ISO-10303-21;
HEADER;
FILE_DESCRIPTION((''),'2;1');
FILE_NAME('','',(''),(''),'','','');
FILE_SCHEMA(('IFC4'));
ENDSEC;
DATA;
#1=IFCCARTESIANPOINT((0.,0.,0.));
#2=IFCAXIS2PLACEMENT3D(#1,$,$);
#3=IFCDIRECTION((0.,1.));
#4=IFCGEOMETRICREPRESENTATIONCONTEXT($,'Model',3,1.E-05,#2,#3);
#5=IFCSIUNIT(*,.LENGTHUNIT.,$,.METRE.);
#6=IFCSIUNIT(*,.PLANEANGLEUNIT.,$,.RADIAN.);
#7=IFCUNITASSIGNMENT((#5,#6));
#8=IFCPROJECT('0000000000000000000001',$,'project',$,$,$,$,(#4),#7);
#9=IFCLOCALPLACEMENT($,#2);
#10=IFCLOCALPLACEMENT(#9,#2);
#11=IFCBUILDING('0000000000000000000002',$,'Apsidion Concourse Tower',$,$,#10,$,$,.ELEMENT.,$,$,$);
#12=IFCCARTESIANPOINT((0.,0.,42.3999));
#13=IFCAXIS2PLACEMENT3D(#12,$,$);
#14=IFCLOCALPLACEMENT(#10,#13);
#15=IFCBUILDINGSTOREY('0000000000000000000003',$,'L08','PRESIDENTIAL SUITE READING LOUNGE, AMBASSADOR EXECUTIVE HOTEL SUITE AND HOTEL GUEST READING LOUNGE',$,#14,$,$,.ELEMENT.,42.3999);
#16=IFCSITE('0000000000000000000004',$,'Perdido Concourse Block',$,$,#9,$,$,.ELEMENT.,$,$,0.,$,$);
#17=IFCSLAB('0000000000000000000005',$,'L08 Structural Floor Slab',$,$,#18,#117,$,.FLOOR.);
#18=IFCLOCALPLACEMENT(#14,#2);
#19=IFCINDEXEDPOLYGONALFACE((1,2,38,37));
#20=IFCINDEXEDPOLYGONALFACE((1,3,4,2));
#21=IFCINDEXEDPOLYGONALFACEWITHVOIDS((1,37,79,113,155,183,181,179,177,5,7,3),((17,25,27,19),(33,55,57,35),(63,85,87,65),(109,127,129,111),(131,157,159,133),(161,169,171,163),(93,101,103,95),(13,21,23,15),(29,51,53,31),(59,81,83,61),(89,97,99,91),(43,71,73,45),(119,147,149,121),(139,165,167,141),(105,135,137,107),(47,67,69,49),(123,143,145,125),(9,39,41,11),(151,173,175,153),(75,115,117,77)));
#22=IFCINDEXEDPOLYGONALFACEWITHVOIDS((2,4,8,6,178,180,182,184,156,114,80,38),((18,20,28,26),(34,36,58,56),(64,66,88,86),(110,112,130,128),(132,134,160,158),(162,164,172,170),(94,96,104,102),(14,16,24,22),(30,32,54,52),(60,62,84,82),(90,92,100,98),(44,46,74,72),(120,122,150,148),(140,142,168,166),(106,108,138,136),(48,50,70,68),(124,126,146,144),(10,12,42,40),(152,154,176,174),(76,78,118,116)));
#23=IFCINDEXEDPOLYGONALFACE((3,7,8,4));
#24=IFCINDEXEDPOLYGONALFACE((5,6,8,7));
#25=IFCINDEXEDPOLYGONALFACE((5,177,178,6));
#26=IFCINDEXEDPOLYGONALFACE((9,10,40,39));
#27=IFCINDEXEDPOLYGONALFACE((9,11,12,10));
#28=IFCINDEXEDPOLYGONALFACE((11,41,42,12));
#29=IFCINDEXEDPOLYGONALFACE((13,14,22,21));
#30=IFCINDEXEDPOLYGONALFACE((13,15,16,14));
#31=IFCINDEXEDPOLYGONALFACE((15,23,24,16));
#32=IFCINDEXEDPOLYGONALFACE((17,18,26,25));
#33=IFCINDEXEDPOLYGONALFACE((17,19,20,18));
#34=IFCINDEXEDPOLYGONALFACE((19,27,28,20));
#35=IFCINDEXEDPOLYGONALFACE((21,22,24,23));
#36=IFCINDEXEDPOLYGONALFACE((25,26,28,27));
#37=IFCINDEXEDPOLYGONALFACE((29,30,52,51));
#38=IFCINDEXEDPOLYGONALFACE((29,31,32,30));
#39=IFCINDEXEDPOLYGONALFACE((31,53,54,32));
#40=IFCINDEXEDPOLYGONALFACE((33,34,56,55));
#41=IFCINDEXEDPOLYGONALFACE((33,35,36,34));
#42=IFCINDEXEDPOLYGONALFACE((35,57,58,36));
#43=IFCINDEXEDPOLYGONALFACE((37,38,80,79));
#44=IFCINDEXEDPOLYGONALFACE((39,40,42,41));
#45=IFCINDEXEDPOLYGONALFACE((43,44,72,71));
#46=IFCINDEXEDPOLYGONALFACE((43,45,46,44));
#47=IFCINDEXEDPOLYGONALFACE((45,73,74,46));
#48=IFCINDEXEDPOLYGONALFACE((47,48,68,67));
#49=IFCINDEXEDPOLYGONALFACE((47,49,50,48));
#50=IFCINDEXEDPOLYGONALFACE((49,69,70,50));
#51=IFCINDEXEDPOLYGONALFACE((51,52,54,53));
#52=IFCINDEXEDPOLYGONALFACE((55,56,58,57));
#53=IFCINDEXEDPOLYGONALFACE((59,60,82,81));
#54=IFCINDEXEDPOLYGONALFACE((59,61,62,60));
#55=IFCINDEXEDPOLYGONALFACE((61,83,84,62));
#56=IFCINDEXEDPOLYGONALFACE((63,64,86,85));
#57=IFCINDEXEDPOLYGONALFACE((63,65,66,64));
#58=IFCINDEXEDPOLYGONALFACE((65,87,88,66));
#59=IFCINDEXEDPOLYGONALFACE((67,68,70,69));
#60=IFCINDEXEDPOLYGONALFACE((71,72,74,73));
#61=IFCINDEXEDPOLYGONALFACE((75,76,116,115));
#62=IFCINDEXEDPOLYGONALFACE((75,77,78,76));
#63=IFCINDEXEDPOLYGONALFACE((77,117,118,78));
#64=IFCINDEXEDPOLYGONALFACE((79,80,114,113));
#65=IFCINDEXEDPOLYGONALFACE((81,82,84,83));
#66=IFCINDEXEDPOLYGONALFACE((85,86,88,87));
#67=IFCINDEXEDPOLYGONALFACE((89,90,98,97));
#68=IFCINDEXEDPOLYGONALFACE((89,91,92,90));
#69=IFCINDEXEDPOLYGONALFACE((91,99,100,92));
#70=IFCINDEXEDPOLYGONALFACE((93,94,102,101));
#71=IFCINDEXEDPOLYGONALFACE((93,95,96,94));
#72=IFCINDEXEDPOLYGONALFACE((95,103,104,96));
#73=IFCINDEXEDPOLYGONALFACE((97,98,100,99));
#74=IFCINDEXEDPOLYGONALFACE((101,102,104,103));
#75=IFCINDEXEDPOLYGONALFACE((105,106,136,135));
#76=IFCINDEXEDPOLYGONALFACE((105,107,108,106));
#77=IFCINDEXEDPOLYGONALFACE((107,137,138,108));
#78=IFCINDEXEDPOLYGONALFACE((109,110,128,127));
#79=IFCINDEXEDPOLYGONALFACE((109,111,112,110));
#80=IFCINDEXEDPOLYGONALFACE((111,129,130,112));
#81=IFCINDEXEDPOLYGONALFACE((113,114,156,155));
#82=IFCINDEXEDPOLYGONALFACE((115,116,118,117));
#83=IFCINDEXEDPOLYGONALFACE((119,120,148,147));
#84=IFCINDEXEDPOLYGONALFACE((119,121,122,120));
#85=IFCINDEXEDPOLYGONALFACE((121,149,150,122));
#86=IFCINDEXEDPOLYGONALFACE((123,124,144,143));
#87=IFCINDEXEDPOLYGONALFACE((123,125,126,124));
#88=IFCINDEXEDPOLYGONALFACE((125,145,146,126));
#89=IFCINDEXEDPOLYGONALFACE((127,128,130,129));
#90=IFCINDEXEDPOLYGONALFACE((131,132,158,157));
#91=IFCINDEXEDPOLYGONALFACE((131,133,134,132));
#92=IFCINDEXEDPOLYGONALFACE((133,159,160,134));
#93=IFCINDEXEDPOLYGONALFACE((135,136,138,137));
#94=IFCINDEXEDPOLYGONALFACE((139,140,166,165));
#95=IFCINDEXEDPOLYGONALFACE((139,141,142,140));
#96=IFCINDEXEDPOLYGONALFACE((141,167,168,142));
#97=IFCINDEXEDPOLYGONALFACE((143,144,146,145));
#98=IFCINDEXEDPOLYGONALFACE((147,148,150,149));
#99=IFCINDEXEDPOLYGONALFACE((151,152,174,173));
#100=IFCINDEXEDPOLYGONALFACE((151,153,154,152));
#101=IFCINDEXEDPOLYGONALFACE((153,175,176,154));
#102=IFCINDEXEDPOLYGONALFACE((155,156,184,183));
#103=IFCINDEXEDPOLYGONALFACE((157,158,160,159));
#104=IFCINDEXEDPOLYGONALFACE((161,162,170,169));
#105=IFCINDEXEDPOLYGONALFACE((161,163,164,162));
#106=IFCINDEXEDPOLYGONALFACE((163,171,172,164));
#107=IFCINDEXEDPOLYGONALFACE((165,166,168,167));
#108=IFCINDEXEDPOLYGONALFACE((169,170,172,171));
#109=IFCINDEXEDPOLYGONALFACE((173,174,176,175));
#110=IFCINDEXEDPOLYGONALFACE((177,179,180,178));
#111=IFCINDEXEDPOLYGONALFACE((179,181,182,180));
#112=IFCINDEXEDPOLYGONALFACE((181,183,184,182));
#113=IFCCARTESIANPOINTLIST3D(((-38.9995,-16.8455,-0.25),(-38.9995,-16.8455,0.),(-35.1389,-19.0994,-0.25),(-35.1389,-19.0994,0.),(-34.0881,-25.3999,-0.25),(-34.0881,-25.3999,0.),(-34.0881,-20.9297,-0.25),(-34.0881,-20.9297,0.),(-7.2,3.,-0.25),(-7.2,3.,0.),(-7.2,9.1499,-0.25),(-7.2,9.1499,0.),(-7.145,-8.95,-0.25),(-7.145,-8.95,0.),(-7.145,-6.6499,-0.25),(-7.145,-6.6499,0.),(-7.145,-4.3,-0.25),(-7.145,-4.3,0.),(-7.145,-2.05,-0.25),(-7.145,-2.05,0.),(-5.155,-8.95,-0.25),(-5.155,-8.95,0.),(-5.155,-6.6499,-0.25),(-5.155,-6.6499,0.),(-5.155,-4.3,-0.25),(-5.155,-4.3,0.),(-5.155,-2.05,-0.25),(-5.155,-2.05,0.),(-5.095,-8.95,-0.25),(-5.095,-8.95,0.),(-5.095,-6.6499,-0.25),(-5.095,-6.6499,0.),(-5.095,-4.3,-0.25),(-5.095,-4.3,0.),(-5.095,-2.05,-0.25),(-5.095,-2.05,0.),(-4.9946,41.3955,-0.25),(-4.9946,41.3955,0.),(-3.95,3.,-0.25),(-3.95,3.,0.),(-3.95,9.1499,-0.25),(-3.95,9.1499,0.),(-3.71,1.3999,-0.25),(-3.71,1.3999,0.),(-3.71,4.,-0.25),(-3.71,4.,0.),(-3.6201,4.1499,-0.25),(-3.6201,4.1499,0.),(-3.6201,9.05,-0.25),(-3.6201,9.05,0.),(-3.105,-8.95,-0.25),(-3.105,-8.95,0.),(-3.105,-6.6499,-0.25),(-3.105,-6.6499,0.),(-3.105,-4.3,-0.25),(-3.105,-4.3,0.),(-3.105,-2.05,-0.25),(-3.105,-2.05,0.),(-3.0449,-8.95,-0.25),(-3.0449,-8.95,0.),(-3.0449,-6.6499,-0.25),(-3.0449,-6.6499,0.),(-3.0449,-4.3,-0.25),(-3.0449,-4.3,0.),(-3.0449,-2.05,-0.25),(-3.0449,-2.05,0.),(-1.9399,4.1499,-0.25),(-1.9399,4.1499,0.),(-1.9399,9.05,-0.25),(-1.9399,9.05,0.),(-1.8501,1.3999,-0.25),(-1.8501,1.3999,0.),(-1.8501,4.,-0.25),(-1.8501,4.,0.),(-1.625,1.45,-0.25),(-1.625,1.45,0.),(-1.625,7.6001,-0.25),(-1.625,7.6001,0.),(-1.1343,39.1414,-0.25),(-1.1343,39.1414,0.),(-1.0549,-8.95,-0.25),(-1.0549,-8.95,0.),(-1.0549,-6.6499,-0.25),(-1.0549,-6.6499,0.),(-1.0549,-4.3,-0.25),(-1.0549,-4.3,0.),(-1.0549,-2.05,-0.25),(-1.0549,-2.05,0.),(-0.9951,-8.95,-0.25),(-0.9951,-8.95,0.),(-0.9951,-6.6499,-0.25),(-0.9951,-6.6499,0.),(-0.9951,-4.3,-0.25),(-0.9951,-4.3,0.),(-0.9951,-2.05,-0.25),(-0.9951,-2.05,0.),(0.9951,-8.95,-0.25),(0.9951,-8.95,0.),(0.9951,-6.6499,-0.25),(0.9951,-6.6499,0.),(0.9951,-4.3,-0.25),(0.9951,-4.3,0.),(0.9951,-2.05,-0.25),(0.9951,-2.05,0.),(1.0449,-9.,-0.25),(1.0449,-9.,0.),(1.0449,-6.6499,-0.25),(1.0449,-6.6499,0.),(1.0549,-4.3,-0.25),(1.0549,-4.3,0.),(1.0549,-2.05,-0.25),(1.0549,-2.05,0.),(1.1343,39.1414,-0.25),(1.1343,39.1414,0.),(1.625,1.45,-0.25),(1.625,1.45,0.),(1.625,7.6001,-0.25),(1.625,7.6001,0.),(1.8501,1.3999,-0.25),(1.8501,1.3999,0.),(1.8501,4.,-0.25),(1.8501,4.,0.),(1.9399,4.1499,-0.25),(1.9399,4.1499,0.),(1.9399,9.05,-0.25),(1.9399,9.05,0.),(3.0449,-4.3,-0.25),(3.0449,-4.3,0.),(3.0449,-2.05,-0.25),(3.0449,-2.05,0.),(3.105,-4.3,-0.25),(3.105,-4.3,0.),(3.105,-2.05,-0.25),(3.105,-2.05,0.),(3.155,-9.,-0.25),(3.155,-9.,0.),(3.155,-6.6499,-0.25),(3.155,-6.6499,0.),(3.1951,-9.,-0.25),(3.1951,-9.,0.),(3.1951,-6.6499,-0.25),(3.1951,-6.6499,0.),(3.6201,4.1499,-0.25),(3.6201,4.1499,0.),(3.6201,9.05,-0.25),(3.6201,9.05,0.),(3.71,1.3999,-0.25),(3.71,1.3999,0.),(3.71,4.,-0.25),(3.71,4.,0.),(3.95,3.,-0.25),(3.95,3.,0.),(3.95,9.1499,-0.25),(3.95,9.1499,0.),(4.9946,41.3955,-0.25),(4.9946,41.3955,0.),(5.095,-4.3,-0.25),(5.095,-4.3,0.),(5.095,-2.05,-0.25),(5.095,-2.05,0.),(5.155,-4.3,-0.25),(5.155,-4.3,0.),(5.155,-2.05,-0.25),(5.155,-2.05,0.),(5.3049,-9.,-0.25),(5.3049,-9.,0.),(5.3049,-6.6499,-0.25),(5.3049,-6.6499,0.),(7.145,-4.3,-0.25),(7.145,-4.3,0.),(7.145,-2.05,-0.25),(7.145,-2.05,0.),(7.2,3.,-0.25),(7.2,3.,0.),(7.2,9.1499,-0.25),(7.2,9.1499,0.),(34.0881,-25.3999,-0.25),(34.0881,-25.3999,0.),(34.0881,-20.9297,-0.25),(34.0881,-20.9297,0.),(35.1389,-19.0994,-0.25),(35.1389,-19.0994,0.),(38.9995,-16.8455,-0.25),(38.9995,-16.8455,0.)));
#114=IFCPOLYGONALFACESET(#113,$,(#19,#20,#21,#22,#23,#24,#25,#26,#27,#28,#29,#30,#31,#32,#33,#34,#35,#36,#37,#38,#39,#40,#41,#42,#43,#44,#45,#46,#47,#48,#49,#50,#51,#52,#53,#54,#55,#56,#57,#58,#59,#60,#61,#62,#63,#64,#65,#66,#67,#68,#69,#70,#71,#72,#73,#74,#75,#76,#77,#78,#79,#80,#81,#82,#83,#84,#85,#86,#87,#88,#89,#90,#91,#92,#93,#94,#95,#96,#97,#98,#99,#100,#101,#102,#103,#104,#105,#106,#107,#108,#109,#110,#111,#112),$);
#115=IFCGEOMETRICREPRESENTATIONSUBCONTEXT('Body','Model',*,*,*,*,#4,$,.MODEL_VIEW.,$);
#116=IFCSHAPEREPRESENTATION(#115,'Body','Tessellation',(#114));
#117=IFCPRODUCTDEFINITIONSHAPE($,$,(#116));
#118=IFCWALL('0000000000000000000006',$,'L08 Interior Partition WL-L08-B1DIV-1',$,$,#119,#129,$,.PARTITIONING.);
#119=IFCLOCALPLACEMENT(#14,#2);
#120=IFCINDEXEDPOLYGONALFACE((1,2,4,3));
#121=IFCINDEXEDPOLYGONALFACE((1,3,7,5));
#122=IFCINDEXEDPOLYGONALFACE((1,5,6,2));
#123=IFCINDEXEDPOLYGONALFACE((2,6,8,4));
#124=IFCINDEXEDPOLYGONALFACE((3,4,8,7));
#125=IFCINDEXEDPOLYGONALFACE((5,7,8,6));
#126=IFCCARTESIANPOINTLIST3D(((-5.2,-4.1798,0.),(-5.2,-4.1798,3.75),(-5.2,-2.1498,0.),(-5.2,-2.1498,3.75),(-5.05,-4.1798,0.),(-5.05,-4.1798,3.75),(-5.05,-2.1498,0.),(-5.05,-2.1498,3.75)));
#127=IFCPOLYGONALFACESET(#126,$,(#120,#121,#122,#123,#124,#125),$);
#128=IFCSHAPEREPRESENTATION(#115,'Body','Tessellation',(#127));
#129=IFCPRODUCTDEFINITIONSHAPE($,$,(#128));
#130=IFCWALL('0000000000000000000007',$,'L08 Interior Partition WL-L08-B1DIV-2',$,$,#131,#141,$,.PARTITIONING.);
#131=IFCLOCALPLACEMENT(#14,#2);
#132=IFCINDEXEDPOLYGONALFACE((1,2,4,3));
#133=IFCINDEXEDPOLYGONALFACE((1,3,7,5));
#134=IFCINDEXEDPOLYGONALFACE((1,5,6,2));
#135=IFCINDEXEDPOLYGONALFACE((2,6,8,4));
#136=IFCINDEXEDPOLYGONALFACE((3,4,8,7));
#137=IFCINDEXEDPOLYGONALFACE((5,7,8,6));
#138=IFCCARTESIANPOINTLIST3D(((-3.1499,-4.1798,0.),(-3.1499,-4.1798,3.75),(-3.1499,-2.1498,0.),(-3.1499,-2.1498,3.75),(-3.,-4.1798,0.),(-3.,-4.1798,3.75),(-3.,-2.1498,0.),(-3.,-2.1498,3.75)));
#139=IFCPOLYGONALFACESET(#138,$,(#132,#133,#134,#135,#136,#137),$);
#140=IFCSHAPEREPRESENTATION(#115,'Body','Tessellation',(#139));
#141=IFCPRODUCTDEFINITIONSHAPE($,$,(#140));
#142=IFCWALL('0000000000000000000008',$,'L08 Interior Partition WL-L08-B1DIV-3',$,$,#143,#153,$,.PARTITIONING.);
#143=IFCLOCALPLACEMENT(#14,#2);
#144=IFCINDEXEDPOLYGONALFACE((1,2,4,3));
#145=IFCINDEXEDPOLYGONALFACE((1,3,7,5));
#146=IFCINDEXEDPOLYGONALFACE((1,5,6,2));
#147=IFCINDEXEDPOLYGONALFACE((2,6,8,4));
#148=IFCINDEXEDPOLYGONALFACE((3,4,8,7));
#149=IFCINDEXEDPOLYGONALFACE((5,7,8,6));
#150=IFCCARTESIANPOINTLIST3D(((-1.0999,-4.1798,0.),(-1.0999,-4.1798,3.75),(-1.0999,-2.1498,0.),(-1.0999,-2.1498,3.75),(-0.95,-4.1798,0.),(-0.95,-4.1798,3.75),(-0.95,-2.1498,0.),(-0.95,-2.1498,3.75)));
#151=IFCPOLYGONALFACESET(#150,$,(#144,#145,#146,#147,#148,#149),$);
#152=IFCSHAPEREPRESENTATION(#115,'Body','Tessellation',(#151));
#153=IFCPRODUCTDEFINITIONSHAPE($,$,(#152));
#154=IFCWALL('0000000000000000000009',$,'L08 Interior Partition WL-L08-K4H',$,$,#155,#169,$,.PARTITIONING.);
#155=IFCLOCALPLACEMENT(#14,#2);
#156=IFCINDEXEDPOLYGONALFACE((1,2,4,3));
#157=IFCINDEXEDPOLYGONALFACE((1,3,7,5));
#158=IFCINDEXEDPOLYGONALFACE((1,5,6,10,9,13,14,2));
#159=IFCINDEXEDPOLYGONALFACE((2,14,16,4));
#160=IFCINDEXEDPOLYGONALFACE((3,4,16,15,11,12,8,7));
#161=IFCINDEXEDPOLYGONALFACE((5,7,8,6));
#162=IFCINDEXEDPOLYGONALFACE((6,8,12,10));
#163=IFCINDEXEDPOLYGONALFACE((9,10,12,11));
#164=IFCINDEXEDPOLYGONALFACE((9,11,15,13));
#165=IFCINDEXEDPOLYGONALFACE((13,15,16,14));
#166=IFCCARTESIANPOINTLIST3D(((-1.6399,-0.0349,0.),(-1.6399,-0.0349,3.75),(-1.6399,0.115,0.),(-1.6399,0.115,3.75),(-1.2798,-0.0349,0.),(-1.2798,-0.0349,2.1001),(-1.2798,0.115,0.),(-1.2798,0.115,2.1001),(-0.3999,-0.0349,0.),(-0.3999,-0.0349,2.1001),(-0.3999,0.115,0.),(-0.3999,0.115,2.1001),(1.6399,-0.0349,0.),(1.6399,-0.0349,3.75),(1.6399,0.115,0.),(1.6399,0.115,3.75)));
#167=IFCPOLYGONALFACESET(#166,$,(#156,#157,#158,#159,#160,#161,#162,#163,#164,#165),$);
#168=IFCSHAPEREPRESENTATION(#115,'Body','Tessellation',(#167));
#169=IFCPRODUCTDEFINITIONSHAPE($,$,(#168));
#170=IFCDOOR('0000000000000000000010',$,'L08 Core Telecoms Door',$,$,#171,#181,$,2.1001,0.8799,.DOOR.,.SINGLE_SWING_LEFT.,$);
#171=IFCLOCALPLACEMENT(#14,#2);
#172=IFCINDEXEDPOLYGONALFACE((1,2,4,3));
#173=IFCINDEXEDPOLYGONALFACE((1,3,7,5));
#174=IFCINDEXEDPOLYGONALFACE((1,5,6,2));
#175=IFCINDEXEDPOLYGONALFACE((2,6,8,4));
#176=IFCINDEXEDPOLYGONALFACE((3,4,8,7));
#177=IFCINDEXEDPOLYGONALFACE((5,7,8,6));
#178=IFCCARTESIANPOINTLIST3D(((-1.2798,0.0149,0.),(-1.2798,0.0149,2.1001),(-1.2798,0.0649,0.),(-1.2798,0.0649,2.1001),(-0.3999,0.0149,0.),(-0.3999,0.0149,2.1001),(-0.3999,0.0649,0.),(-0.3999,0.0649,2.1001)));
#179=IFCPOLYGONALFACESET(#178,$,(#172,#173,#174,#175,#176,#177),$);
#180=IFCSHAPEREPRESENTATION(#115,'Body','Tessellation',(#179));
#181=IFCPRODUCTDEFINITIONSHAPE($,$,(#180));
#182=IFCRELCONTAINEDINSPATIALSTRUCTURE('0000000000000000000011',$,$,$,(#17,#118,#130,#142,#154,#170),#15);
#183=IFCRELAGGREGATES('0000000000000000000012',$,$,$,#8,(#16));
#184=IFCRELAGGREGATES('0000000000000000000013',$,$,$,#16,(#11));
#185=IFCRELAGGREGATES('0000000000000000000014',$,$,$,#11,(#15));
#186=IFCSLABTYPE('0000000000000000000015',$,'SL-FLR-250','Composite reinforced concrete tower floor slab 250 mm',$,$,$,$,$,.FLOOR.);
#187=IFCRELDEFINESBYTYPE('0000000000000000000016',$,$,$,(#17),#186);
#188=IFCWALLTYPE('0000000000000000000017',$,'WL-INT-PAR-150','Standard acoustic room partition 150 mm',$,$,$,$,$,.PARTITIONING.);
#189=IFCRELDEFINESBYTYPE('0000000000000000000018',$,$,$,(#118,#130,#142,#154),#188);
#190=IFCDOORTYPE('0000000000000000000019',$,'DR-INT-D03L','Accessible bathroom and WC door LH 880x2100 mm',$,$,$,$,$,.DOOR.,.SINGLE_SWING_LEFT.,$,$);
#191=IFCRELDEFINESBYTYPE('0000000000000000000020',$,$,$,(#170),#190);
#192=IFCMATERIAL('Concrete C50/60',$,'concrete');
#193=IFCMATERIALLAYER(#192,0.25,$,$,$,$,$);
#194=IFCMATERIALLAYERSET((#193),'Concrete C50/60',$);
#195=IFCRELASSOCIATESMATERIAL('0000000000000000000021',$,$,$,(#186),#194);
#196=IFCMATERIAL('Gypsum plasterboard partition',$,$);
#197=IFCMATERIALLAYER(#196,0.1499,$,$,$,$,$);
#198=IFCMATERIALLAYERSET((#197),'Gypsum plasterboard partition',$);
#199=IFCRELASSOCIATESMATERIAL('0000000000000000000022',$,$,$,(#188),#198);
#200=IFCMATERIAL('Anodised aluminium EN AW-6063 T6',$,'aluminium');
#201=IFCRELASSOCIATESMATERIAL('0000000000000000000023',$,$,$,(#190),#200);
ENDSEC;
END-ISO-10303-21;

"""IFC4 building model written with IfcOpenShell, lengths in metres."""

from ifc_helpers import new_model, si_unit, direction, frame, frame_2d, origin, place, context, subcontext, project, spatial, polyline, rectangle, outline, extrude, material, layer, layer_set, type_object, element, fill, save


model = new_model("IFC4")

# Units and contexts
model_context = context("Model", 3, precision=1e-05, world=origin(), true_north=direction((0.0, 1.0)))
body_context = subcontext(model_context, "Body", "Model", "MODEL_VIEW")
ifc_project = project(units=[si_unit("LENGTHUNIT", "METRE"), si_unit("PLANEANGLEUNIT", "RADIAN")], contexts=[model_context])

# Site, building, storey
site_placement = place(None, origin())
site = spatial("IfcSite", under=ifc_project, at=site_placement, Name="Perdido Concourse Block", CompositionType="ELEMENT", RefElevation=0.0)
building_placement = place(site_placement, origin())
building = spatial("IfcBuilding", under=site, at=building_placement, Name="Apsidion Concourse Tower", CompositionType="ELEMENT")
storey_placement = place(building_placement, frame((0.0, 0.0, 42.3999)))
storey = spatial("IfcBuildingStorey", under=building, at=storey_placement, Name="L08", Description="PRESIDENTIAL SUITE READING LOUNGE, AMBASSADOR EXECUTIVE HOTEL SUITE AND HOTEL GUEST READING LOUNGE", CompositionType="ELEMENT", Elevation=42.3999)

# Slab
ifc_material_1 = material(Name="Concrete C50/60", Category="concrete")
ifc_layer_1 = layer(ifc_material_1, 0.25)
ifc_layer_set_1 = layer_set([ifc_layer_1], Name="Concrete C50/60")
slab_type_1 = type_object("IfcSlabType", Name="SL-FLR-250", Description="Composite reinforced concrete tower floor slab 250 mm", PredefinedType="FLOOR", material=ifc_layer_set_1)
slab_1_placement = place(storey_placement, frame((0.0, 0.0, -0.25)))
element("IfcSlab", 1, at=slab_1_placement, inside=storey, type_object=slab_type_1, Name="L08 Structural Floor Slab", PredefinedType="FLOOR", context=body_context, shape_type="SweptSolid", body=[
    extrude(outline(polyline([(4.9946, 41.3955), (1.1343, 39.1414), (-1.1343, 39.1414), (-4.9946, 41.3955), (-38.9995, -16.8455), (-35.1389, -19.0994), (-34.0881, -20.9297), (-34.0881, -25.3999), (34.0881, -25.3999), (34.0881, -20.9297), (35.1389, -19.0994), (38.9995, -16.8455), (4.9946, 41.3955)]), holes=[polyline([(-3.95, 3.0), (-3.95, 9.1499), (-7.2, 9.1499), (-7.2, 3.0), (-3.95, 3.0)]), polyline([(7.2, 3.0), (7.2, 9.1499), (3.95, 9.1499), (3.95, 3.0), (7.2, 3.0)]), polyline([(-1.625, 7.6001), (-1.625, 1.45), (1.625, 1.45), (1.625, 7.6001), (-1.625, 7.6001)]), polyline([(-7.145, -4.3), (-5.155, -4.3), (-5.155, -2.05), (-7.145, -2.05), (-7.145, -4.3)]), polyline([(-5.095, -4.3), (-3.105, -4.3), (-3.105, -2.05), (-5.095, -2.05), (-5.095, -4.3)]), polyline([(-3.0449, -4.3), (-1.0549, -4.3), (-1.0549, -2.05), (-3.0449, -2.05), (-3.0449, -4.3)]), polyline([(-0.9951, -4.3), (0.9951, -4.3), (0.9951, -2.05), (-0.9951, -2.05), (-0.9951, -4.3)]), polyline([(1.0549, -4.3), (3.0449, -4.3), (3.0449, -2.05), (1.0549, -2.05), (1.0549, -4.3)]), polyline([(3.105, -4.3), (5.095, -4.3), (5.095, -2.05), (3.105, -2.05), (3.105, -4.3)]), polyline([(5.155, -4.3), (7.145, -4.3), (7.145, -2.05), (5.155, -2.05), (5.155, -4.3)]), polyline([(-7.145, -8.95), (-5.155, -8.95), (-5.155, -6.6499), (-7.145, -6.6499), (-7.145, -8.95)]), polyline([(-5.095, -8.95), (-3.105, -8.95), (-3.105, -6.6499), (-5.095, -6.6499), (-5.095, -8.95)]), polyline([(-3.0449, -8.95), (-1.0549, -8.95), (-1.0549, -6.6499), (-3.0449, -6.6499), (-3.0449, -8.95)]), polyline([(-0.9951, -8.95), (0.9951, -8.95), (0.9951, -6.6499), (-0.9951, -6.6499), (-0.9951, -8.95)]), polyline([(1.0449, -9.0), (3.155, -9.0), (3.155, -6.6499), (1.0449, -6.6499), (1.0449, -9.0)]), polyline([(3.1951, -9.0), (5.3049, -9.0), (5.3049, -6.6499), (3.1951, -6.6499), (3.1951, -9.0)]), polyline([(-3.71, 1.3999), (-1.8501, 1.3999), (-1.8501, 4.0), (-3.71, 4.0), (-3.71, 1.3999)]), polyline([(1.8501, 1.3999), (3.71, 1.3999), (3.71, 4.0), (1.8501, 4.0), (1.8501, 1.3999)]), polyline([(-3.6201, 4.1499), (-1.9399, 4.1499), (-1.9399, 9.05), (-3.6201, 9.05), (-3.6201, 4.1499)]), polyline([(1.9399, 4.1499), (3.6201, 4.1499), (3.6201, 9.05), (1.9399, 9.05), (1.9399, 4.1499)])]), origin(), (0.0, 0.0, 1.0), 0.25),
])

# Walls
ifc_material_2 = material(Name="Gypsum plasterboard partition")
ifc_layer_2 = layer(ifc_material_2, 0.1499)
ifc_layer_set_2 = layer_set([ifc_layer_2], Name="Gypsum plasterboard partition")
wall_type_1 = type_object("IfcWallType", Name="WL-INT-PAR-150", Description="Standard acoustic room partition 150 mm", PredefinedType="PARTITIONING", material=ifc_layer_set_2)
for number, where, z_axis, x_axis, name in (
    (2, (-5.125, -4.1799, 0.0), (0.0, 0.0, 1.0), (0.0, 1.0, 0.0), "L08 Interior Partition WL-L08-B1DIV-1"),
    (3, (-3.075, -4.1799, 0.0), (0.0, 0.0, 1.0), (0.0, 1.0, 0.0), "L08 Interior Partition WL-L08-B1DIV-2"),
    (4, (-1.0249, -4.1799, 0.0), (0.0, 0.0, 1.0), (0.0, 1.0, 0.0), "L08 Interior Partition WL-L08-B1DIV-3"),
):
    element("IfcWall", number, at=place(storey_placement, frame(where, z_axis=z_axis, x_axis=x_axis)), inside=storey, type_object=wall_type_1, Name=name, PredefinedType="PARTITIONING", context=body_context, shape_type="SweptSolid", body=[
        extrude(rectangle(XDim=2.03, YDim=0.1499, at=frame_2d((1.0151, 0.0))), origin(), (0.0, 0.0, 1.0), 3.75),
    ])

# Wall, opening, door
wall_1_placement = place(storey_placement, frame((-1.6399, 0.04, 0.0), z_axis=(0.0, 0.0, 1.0), x_axis=(1.0, 0.0, 0.0)))
wall_1 = element("IfcWall", 5, at=wall_1_placement, inside=storey, type_object=wall_type_1, Name="L08 Interior Partition WL-L08-K4H", PredefinedType="PARTITIONING", context=body_context, shape_type="SweptSolid", body=[
    extrude(rectangle(XDim=3.2798, YDim=0.1499, at=frame_2d((1.6399, 0.0))), origin(), (0.0, 0.0, 1.0), 3.75),
])
opening_1_placement = place(wall_1_placement, frame((0.3601, 0.0, 0.0)))
opening_1 = element("IfcOpeningElement", 6, at=opening_1_placement, cuts=wall_1, PredefinedType="OPENING", context=body_context, shape_type="SweptSolid", body=[
    extrude(rectangle(XDim=0.8799, YDim=2.1001, at=frame_2d((0.4399, 1.05))), frame((0.0, 0.085, 0.0), z_axis=(0.0, -1.0, 0.0), x_axis=(1.0, 0.0, 0.0)), (0.0, 0.0, 1.0), 0.1699),
])
ifc_material_3 = material(Name="Anodised aluminium EN AW-6063 T6", Category="aluminium")
door_type_1 = type_object("IfcDoorType", Name="DR-INT-D03L", Description="Accessible bathroom and WC door LH 880x2100 mm", OperationType="SINGLE_SWING_LEFT", PredefinedType="DOOR", material=ifc_material_3)
door_1_placement = place(opening_1_placement, origin())
door_1 = element("IfcDoor", 7, at=door_1_placement, inside=storey, type_object=door_type_1, Name="L08 Core Telecoms Door", OperationType="SINGLE_SWING_LEFT", OverallHeight=2.1001, OverallWidth=0.8799, PredefinedType="DOOR", context=body_context, shape_type="SweptSolid", body=[
    extrude(rectangle(XDim=0.8799, YDim=2.1001, at=frame_2d((0.4399, 1.05))), frame((0.0, 0.0249, 0.0), z_axis=(0.0, -1.0, 0.0), x_axis=(1.0, 0.0, 0.0)), (0.0, 0.0, 1.0), 0.05),
])
fill(opening_1, door_1)

save(model, "model.ifc")
